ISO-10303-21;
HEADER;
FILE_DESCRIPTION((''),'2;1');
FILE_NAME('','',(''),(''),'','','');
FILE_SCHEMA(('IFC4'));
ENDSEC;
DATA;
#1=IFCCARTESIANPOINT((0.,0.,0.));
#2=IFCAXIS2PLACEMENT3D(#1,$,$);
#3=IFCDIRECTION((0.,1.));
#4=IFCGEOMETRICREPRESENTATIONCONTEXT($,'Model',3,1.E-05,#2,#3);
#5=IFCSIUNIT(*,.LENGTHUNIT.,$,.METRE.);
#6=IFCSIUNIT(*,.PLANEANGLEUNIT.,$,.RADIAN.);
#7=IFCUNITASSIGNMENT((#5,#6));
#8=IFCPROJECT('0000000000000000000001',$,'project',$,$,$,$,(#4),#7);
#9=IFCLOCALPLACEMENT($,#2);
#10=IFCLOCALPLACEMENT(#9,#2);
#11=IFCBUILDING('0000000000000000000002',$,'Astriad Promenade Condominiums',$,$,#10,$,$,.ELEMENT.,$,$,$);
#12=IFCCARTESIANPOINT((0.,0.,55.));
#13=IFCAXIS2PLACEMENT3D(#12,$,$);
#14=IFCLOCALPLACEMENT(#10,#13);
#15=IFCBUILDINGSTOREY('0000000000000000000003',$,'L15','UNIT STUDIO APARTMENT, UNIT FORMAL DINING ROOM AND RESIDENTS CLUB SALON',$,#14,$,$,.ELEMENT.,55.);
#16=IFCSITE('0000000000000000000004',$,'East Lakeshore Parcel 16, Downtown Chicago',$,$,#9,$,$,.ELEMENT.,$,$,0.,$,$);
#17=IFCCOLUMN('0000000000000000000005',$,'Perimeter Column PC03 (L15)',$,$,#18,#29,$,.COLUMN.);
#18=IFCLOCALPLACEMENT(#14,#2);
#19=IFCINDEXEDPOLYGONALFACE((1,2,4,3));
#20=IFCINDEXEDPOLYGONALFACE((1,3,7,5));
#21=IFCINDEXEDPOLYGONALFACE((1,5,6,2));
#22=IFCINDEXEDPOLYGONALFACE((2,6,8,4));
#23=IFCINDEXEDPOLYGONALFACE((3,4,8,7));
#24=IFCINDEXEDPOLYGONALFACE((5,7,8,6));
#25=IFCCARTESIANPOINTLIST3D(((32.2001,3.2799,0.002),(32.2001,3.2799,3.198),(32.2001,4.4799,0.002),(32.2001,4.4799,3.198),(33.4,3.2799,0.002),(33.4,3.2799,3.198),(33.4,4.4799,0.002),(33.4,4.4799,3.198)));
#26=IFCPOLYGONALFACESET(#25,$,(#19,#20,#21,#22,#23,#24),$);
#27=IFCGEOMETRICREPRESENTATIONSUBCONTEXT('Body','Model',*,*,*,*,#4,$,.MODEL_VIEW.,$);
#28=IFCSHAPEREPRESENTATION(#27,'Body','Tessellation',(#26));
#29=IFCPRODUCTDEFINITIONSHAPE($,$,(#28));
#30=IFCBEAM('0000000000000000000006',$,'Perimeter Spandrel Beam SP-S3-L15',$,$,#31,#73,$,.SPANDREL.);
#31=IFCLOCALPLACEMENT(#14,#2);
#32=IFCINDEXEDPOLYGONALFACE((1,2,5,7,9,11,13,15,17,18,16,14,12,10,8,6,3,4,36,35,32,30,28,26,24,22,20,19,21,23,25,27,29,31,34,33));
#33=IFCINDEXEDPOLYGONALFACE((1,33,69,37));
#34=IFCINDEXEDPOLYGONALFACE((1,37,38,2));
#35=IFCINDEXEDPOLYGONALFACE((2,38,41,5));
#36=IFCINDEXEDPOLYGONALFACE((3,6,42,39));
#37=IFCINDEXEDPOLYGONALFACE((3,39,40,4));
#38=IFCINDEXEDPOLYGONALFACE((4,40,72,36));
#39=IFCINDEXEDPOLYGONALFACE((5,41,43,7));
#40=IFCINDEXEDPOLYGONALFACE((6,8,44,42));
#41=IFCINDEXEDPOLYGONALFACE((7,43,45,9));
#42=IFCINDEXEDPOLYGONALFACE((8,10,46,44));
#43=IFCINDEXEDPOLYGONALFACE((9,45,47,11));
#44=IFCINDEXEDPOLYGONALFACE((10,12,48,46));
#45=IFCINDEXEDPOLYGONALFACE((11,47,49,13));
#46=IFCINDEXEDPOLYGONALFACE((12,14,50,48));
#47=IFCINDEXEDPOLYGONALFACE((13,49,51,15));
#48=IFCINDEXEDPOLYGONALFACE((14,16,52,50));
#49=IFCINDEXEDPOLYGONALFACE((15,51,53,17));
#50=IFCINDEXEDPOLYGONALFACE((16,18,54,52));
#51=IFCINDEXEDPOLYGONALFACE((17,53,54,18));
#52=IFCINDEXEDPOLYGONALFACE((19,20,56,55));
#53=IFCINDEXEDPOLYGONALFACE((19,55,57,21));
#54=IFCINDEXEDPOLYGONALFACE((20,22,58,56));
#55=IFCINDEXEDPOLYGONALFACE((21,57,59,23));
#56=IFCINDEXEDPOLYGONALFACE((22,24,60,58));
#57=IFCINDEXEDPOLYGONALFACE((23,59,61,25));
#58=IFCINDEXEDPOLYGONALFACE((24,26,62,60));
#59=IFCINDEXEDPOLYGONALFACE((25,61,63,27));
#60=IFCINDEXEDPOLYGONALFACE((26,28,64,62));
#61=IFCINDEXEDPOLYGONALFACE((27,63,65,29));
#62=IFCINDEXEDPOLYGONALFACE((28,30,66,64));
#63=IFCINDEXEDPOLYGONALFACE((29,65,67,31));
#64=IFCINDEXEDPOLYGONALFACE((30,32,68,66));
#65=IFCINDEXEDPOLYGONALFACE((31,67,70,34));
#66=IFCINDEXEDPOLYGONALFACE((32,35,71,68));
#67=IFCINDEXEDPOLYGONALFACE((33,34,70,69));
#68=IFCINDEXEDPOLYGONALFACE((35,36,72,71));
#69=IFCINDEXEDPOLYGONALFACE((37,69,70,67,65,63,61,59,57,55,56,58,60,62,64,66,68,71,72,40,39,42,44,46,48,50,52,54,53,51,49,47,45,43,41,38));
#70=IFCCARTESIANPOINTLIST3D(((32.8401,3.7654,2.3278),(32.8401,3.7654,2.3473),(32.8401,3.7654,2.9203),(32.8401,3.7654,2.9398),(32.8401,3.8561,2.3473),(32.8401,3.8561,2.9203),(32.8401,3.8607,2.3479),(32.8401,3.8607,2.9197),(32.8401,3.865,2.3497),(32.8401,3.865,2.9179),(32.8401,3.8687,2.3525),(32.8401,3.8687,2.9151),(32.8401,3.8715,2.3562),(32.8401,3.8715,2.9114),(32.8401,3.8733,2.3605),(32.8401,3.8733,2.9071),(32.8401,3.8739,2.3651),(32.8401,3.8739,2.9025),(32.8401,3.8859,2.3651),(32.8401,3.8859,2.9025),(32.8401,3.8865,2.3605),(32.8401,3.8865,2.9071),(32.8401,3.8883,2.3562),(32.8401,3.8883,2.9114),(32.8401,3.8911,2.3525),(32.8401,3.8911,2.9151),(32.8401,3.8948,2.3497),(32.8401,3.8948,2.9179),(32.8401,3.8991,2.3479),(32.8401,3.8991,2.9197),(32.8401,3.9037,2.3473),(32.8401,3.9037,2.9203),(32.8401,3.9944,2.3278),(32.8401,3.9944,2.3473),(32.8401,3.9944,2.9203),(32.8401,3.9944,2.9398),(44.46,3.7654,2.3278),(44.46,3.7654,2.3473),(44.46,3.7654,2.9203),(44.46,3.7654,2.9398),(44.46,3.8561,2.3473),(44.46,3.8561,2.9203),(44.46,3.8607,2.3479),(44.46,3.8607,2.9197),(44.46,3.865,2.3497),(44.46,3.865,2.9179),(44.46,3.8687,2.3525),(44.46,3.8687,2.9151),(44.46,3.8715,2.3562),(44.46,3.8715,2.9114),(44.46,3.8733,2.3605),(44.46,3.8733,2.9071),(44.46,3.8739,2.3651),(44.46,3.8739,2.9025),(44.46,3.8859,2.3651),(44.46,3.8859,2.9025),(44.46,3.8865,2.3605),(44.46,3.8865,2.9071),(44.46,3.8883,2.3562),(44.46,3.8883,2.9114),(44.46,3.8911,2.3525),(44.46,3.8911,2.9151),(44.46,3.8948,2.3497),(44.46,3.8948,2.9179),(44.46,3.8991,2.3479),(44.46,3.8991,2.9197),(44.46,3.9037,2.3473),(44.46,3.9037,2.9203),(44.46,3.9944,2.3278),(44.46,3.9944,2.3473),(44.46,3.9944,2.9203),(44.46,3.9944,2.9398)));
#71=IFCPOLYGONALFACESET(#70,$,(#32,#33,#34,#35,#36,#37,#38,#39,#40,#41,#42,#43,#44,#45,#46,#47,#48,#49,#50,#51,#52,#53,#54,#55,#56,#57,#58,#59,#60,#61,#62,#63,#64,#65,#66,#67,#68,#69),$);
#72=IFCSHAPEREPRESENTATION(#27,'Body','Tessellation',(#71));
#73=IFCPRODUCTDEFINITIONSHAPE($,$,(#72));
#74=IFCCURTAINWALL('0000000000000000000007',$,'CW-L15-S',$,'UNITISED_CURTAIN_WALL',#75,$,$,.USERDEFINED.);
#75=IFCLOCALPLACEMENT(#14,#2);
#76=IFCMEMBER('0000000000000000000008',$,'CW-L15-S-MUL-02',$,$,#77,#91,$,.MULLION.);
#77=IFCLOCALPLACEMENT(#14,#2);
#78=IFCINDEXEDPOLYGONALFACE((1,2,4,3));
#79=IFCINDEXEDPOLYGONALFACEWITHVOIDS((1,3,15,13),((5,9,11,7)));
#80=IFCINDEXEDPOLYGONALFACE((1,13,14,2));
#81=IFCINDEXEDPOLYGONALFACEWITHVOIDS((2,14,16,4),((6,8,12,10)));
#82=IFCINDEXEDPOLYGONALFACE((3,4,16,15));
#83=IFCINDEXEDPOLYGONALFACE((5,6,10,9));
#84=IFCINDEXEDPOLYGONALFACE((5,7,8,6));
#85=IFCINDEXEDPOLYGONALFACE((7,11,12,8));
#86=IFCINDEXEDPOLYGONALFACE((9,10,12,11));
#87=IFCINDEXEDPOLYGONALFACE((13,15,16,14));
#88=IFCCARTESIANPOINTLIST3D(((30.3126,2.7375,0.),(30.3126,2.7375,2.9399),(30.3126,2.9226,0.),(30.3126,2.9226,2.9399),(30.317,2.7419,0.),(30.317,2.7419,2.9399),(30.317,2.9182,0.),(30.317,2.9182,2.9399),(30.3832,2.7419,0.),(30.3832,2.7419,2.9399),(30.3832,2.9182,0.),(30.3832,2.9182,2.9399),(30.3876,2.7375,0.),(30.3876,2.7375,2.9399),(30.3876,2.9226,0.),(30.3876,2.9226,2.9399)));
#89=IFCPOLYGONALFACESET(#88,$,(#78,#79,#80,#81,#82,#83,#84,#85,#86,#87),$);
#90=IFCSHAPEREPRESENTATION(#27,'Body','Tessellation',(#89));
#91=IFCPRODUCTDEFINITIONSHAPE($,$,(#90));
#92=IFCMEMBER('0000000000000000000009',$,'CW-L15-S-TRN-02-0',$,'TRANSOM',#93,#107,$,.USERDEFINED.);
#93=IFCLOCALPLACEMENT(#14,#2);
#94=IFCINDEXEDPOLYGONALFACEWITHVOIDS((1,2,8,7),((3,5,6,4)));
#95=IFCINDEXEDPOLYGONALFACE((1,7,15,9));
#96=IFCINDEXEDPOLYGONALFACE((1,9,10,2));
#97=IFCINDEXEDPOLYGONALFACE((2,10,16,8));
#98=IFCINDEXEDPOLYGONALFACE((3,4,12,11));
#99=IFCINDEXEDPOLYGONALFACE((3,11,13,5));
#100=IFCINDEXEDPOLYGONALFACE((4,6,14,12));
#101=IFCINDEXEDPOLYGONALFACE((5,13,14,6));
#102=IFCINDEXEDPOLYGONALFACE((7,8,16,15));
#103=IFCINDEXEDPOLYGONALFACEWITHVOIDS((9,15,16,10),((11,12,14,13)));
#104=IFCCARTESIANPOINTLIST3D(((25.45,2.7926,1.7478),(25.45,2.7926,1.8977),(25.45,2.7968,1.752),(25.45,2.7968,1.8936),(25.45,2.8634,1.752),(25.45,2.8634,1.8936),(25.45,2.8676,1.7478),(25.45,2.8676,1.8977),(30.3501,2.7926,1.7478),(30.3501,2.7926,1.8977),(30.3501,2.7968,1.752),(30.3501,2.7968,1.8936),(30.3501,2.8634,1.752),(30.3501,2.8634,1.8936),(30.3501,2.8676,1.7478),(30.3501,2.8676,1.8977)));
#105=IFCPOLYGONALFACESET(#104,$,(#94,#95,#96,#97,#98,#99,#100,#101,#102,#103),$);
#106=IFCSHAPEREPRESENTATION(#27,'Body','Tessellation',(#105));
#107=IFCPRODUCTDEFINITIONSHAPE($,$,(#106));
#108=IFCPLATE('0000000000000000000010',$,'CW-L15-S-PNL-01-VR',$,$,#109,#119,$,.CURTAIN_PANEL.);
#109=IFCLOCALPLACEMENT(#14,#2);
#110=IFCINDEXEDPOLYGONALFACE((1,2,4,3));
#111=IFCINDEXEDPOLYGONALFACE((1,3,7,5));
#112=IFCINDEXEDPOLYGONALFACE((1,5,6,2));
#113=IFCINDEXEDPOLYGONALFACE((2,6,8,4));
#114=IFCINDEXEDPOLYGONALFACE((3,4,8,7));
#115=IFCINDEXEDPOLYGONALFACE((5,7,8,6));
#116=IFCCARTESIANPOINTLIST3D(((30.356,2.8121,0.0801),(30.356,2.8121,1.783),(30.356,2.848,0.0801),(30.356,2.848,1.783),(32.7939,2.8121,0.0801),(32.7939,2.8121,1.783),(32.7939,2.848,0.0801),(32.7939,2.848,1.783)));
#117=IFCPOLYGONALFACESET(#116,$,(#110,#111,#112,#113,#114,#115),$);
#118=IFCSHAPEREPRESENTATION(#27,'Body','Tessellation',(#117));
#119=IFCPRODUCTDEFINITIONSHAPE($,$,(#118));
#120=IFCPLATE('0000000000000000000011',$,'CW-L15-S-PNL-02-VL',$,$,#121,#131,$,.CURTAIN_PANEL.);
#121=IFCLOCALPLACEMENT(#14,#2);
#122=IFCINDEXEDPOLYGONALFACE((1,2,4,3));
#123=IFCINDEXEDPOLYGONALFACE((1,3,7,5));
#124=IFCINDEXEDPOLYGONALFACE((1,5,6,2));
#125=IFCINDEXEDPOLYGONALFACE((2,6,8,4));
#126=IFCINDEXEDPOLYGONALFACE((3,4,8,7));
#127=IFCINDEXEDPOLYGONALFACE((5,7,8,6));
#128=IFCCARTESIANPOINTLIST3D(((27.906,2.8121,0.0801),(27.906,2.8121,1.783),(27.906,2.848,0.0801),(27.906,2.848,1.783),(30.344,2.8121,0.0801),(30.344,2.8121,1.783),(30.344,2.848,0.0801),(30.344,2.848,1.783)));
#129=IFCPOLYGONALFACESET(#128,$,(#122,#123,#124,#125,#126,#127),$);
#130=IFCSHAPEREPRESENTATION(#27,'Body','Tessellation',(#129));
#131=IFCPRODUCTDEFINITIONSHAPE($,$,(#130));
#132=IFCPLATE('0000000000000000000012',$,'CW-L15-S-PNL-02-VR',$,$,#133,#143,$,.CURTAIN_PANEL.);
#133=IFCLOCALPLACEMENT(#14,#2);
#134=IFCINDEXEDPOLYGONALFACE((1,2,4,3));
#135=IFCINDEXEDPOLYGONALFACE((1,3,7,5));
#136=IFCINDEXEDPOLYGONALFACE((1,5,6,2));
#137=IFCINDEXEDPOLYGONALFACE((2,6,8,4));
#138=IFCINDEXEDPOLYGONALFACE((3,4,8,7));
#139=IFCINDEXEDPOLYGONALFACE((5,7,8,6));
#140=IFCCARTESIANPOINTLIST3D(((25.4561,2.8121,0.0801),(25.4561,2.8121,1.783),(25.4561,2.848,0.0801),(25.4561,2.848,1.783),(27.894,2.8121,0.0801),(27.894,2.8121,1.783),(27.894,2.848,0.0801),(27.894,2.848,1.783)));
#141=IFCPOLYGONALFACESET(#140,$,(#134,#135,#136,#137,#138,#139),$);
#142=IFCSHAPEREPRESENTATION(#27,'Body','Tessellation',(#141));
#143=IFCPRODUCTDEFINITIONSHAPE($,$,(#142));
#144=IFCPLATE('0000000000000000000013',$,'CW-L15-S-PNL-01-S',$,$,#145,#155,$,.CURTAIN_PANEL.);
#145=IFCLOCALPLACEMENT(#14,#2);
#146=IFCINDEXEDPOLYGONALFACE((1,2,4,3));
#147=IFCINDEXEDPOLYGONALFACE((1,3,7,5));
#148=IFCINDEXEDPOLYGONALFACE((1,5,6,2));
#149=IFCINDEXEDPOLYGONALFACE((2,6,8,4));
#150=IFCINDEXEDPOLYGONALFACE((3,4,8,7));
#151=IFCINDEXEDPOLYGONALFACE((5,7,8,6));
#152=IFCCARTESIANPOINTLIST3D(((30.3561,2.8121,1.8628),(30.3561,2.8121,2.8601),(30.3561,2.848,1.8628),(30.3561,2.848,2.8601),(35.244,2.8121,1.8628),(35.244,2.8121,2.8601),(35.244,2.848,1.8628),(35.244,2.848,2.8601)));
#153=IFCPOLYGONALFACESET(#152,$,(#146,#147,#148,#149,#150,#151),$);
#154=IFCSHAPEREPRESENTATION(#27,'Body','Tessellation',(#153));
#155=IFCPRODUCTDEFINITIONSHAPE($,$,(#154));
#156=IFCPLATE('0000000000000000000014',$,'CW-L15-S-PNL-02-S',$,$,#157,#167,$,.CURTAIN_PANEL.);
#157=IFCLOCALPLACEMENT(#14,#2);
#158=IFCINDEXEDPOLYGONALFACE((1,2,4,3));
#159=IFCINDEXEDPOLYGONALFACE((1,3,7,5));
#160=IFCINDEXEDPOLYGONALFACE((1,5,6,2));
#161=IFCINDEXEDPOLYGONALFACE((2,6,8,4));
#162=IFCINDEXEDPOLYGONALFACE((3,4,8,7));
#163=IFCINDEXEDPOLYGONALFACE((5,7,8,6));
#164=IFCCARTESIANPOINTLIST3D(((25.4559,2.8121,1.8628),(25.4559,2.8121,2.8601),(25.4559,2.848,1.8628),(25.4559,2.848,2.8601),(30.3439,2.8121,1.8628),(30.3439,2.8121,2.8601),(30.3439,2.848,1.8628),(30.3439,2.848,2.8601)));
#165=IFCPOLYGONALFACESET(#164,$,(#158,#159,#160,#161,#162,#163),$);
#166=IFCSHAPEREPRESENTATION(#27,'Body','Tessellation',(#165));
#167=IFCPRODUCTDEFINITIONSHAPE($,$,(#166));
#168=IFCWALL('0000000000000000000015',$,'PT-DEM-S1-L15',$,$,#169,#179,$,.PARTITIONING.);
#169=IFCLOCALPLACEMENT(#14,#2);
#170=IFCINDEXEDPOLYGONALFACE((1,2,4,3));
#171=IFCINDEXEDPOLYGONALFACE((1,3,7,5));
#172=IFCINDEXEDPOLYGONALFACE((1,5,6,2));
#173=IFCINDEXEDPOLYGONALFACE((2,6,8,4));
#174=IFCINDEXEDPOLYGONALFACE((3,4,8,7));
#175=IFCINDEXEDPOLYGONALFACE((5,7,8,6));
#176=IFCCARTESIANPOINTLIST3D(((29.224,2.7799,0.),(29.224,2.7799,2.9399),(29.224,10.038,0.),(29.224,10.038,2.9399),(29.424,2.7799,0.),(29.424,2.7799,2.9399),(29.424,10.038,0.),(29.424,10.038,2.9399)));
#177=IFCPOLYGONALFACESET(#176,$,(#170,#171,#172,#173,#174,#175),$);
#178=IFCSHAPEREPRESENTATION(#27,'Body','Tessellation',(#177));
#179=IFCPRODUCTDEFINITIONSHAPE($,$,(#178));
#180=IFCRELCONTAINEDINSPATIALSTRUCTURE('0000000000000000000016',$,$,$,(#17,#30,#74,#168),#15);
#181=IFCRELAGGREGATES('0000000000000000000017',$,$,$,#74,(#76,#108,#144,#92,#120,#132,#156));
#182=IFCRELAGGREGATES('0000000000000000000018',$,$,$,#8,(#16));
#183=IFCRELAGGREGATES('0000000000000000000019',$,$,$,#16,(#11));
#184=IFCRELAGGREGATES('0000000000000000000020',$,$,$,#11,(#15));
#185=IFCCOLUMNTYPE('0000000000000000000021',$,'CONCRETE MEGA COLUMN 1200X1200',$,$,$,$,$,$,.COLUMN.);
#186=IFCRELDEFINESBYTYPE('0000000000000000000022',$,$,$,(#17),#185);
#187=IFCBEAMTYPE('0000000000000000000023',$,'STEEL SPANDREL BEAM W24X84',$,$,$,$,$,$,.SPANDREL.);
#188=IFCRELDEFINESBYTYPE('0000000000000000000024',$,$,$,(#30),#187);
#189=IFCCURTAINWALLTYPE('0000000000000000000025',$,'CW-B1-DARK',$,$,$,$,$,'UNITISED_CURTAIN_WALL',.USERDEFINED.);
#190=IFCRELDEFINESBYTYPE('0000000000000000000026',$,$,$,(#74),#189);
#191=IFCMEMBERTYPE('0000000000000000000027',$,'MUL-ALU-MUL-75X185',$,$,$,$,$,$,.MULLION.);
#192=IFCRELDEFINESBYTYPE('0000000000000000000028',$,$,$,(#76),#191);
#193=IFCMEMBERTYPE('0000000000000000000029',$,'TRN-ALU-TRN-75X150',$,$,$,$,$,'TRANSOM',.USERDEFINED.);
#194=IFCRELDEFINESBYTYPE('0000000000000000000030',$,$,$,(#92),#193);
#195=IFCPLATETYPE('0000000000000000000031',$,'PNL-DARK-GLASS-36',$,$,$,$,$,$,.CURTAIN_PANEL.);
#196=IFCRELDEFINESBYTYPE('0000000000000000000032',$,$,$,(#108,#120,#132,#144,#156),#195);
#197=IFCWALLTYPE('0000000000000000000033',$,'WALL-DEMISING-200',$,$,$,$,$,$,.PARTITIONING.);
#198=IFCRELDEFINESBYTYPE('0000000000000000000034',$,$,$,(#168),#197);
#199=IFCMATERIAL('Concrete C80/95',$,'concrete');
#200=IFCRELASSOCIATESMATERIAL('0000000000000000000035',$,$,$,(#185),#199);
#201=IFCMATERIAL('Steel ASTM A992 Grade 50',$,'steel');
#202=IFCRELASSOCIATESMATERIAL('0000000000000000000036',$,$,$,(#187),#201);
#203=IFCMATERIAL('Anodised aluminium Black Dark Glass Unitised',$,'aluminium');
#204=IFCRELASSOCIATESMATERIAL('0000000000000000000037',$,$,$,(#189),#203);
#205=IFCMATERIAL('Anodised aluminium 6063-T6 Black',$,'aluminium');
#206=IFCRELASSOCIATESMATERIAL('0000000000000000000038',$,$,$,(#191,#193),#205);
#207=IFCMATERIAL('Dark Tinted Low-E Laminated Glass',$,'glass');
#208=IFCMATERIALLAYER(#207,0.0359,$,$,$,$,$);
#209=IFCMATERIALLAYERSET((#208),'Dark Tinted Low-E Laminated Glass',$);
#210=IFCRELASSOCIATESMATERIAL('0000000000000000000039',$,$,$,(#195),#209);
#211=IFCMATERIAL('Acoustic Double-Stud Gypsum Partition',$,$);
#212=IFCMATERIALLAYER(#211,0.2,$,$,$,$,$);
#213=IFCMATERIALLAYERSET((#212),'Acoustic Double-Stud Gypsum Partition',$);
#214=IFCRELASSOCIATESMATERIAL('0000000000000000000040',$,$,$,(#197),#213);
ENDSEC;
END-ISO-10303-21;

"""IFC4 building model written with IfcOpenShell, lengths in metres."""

from ifc_helpers import new_model, si_unit, direction, frame, frame_2d, origin, origin_2d, place, context, subcontext, project, spatial, rectangle, hollow_rectangle, i_section, extrude, source, transform, mapped, material, layer, layer_set, material_profile, profile_set, type_object, type_shapes, element, aggregate, save


model = new_model("IFC4")

# Units and contexts
model_context = context("Model", 3, precision=1e-05, world=origin(), true_north=direction((0.0, 1.0)))
body_context = subcontext(model_context, "Body", "Model", "MODEL_VIEW")
ifc_project = project(units=[si_unit("LENGTHUNIT", "METRE"), si_unit("PLANEANGLEUNIT", "RADIAN")], contexts=[model_context])

# Site, building, storey
site_placement = place(None, origin())
site = spatial("IfcSite", under=ifc_project, at=site_placement, Name="East Lakeshore Parcel 16, Downtown Chicago", CompositionType="ELEMENT", RefElevation=0.0)
building_placement = place(site_placement, origin())
building = spatial("IfcBuilding", under=site, at=building_placement, Name="Astriad Promenade Condominiums", CompositionType="ELEMENT")
storey_placement = place(building_placement, frame((0.0, 0.0, 55.0)))
storey = spatial("IfcBuildingStorey", under=building, at=storey_placement, Name="L15", Description="UNIT STUDIO APARTMENT, UNIT FORMAL DINING ROOM AND RESIDENTS CLUB SALON", CompositionType="ELEMENT", Elevation=55.0)

# Column
ifc_material_1 = material(Name="Concrete C80/95", Category="concrete")
ifc_material_profile_1 = material_profile(ifc_material_1, rectangle(XDim=1.2, YDim=1.2, at=origin_2d()), Name="RC-COL-1200X1200")
ifc_profile_set_1 = profile_set([ifc_material_profile_1], Name="Concrete C80/95")
column_type = type_object("IfcColumnType", Name="CONCRETE MEGA COLUMN 1200X1200", PredefinedType="COLUMN", material=ifc_profile_set_1)
shared_shape_1 = source(origin(), body_context, "Body", "SweptSolid", [
    extrude(rectangle(XDim=1.2, YDim=1.2, at=origin_2d()), origin(), (0.0, 0.0, 1.0), 3.196),
])
type_shapes(column_type, [shared_shape_1])
column_placement = place(storey_placement, frame((32.8, 3.8799, 0.002), z_axis=(0.0, 0.0, 1.0), x_axis=(1.0, 0.0, 0.0)))
element("IfcColumn", 1, at=column_placement, inside=storey, type_object=column_type, Name="Perimeter Column PC03 (L15)", PredefinedType="COLUMN", context=body_context, shape_type="MappedRepresentation", body=[
    mapped(shared_shape_1, transform((0.0, 0.0, 0.0), scale=1.0)),
])

# Beam
ifc_material_2 = material(Name="Steel ASTM A992 Grade 50", Category="steel")
ifc_material_profile_2 = material_profile(ifc_material_2, i_section(OverallWidth=0.229, OverallDepth=0.6121, WebThickness=0.012, FlangeThickness=0.0195, FilletRadius=0.0178, at=origin_2d()), Name="W24X84")
ifc_profile_set_2 = profile_set([ifc_material_profile_2], Name="Steel ASTM A992 Grade 50")
beam_type = type_object("IfcBeamType", Name="STEEL SPANDREL BEAM W24X84", PredefinedType="SPANDREL", material=ifc_profile_set_2)
shared_shape_2 = source(origin(), body_context, "Body", "SweptSolid", [
    extrude(i_section(OverallWidth=0.229, OverallDepth=0.6121, WebThickness=0.012, FlangeThickness=0.0195, FilletRadius=0.0178, at=origin_2d()), origin(), (0.0, 0.0, 1.0), 11.6199),
])
type_shapes(beam_type, [shared_shape_2])
beam_placement = place(storey_placement, frame((32.8401, 3.8799, 2.6338), z_axis=(1.0, 0.0, 0.0), x_axis=(0.0, 1.0, 0.0)))
element("IfcBeam", 2, at=beam_placement, inside=storey, type_object=beam_type, Name="Perimeter Spandrel Beam SP-S3-L15", PredefinedType="SPANDREL", context=body_context, shape_type="MappedRepresentation", body=[
    mapped(shared_shape_2, transform((0.0, 0.0, 0.0), scale=1.0)),
])

# Curtain wall, members, plates
ifc_material_3 = material(Name="Anodised aluminium Black Dark Glass Unitised", Category="aluminium")
curtain_wall_type = type_object("IfcCurtainWallType", Name="CW-B1-DARK", ElementType="UNITISED_CURTAIN_WALL", PredefinedType="USERDEFINED", material=ifc_material_3)
curtain_wall_placement = place(storey_placement, origin())
curtain_wall = element("IfcCurtainWall", 3, at=curtain_wall_placement, inside=storey, type_object=curtain_wall_type, Name="CW-L15-S", ObjectType="UNITISED_CURTAIN_WALL", PredefinedType="USERDEFINED")
ifc_material_4 = material(Name="Anodised aluminium 6063-T6 Black", Category="aluminium")
ifc_material_profile_3 = material_profile(ifc_material_4, hollow_rectangle(XDim=0.075, YDim=0.1851, WallThickness=0.0044, at=origin_2d()), Name="ALU-MUL-75X185")
ifc_profile_set_3 = profile_set([ifc_material_profile_3], Name="Anodised aluminium 6063-T6 Black")
member_type_1 = type_object("IfcMemberType", Name="MUL-ALU-MUL-75X185", PredefinedType="MULLION", material=ifc_profile_set_3)
shared_shape_3 = source(origin(), body_context, "Body", "SweptSolid", [
    extrude(hollow_rectangle(XDim=0.075, YDim=0.1851, WallThickness=0.0044, at=origin_2d()), origin(), (0.0, 0.0, 1.0), 2.9399),
])
type_shapes(member_type_1, [shared_shape_3])
member_1_placement = place(storey_placement, frame((30.3501, 2.8301, 0.0), z_axis=(0.0, 0.0, 1.0), x_axis=(1.0, 0.0, 0.0)))
member_1 = element("IfcMember", 4, at=member_1_placement, type_object=member_type_1, Name="CW-L15-S-MUL-02", PredefinedType="MULLION", context=body_context, shape_type="MappedRepresentation", body=[
    mapped(shared_shape_3, transform((0.0, 0.0, 0.0), scale=1.0)),
])
ifc_material_profile_4 = material_profile(ifc_material_4, hollow_rectangle(XDim=0.075, YDim=0.1499, WallThickness=0.0042, at=origin_2d()), Name="ALU-TRN-75X150")
ifc_profile_set_4 = profile_set([ifc_material_profile_4], Name="Anodised aluminium 6063-T6 Black")
member_type_2 = type_object("IfcMemberType", Name="TRN-ALU-TRN-75X150", ElementType="TRANSOM", PredefinedType="USERDEFINED", material=ifc_profile_set_4)
shared_shape_4 = source(origin(), body_context, "Body", "SweptSolid", [
    extrude(hollow_rectangle(XDim=0.075, YDim=0.1499, WallThickness=0.0042, at=origin_2d()), origin(), (0.0, 0.0, 1.0), 4.9001),
])
type_shapes(member_type_2, [shared_shape_4])
member_2_placement = place(storey_placement, frame((30.3501, 2.8301, 1.8228), z_axis=(-1.0, 0.0, 0.0), x_axis=(0.0, -1.0, 0.0)))
member_2 = element("IfcMember", 5, at=member_2_placement, type_object=member_type_2, Name="CW-L15-S-TRN-02-0", ObjectType="TRANSOM", PredefinedType="USERDEFINED", context=body_context, shape_type="MappedRepresentation", body=[
    mapped(shared_shape_4, transform((0.0, 0.0, 0.0), scale=1.0)),
])
ifc_material_5 = material(Name="Dark Tinted Low-E Laminated Glass", Category="glass")
ifc_layer_1 = layer(ifc_material_5, 0.0359)
ifc_layer_set_1 = layer_set([ifc_layer_1], Name="Dark Tinted Low-E Laminated Glass")
plate_type = type_object("IfcPlateType", Name="PNL-DARK-GLASS-36", PredefinedType="CURTAIN_PANEL", material=ifc_layer_set_1)
shared_shape_5 = source(origin(), body_context, "Body", "SweptSolid", [
    extrude(rectangle(XDim=2.438, YDim=0.0359, at=origin_2d()), origin(), (0.0, 0.0, 1.0), 1.7029),
])
plate_1_placement = place(storey_placement, frame((31.575, 2.8301, 0.0801), z_axis=(0.0, 0.0, 1.0), x_axis=(-1.0, 0.0, 0.0)))
plate_1 = element("IfcPlate", 6, at=plate_1_placement, type_object=plate_type, Name="CW-L15-S-PNL-01-VR", PredefinedType="CURTAIN_PANEL", context=body_context, shape_type="MappedRepresentation", body=[
    mapped(shared_shape_5, transform((0.0, 0.0, 0.0), scale=1.0)),
])
plate_2_placement = place(storey_placement, frame((29.125, 2.8301, 0.0801), z_axis=(0.0, 0.0, 1.0), x_axis=(-1.0, 0.0, 0.0)))
plate_2 = element("IfcPlate", 7, at=plate_2_placement, type_object=plate_type, Name="CW-L15-S-PNL-02-VL", PredefinedType="CURTAIN_PANEL", context=body_context, shape_type="MappedRepresentation", body=[
    mapped(shared_shape_5, transform((0.0, 0.0, 0.0), scale=1.0)),
])
plate_3_placement = place(storey_placement, frame((26.675, 2.8301, 0.0801), z_axis=(0.0, 0.0, 1.0), x_axis=(-1.0, 0.0, 0.0)))
plate_3 = element("IfcPlate", 8, at=plate_3_placement, type_object=plate_type, Name="CW-L15-S-PNL-02-VR", PredefinedType="CURTAIN_PANEL", context=body_context, shape_type="MappedRepresentation", body=[
    mapped(shared_shape_5, transform((0.0, 0.0, 0.0), scale=1.0)),
])
shared_shape_6 = source(origin(), body_context, "Body", "SweptSolid", [
    extrude(rectangle(XDim=4.8879, YDim=0.0359, at=origin_2d()), origin(), (0.0, 0.0, 1.0), 0.9973),
])
type_shapes(plate_type, [shared_shape_5, shared_shape_6])
plate_4_placement = place(storey_placement, frame((32.8, 2.8301, 1.8628), z_axis=(0.0, 0.0, 1.0), x_axis=(-1.0, 0.0, 0.0)))
plate_4 = element("IfcPlate", 9, at=plate_4_placement, type_object=plate_type, Name="CW-L15-S-PNL-01-S", PredefinedType="CURTAIN_PANEL", context=body_context, shape_type="MappedRepresentation", body=[
    mapped(shared_shape_6, transform((0.0, 0.0, 0.0), scale=1.0)),
])
plate_5_placement = place(storey_placement, frame((27.8999, 2.8301, 1.8628), z_axis=(0.0, 0.0, 1.0), x_axis=(-1.0, 0.0, 0.0)))
plate_5 = element("IfcPlate", 10, at=plate_5_placement, type_object=plate_type, Name="CW-L15-S-PNL-02-S", PredefinedType="CURTAIN_PANEL", context=body_context, shape_type="MappedRepresentation", body=[
    mapped(shared_shape_6, transform((0.0, 0.0, 0.0), scale=1.0)),
])
aggregate(curtain_wall, [member_1, plate_1, plate_4, member_2, plate_2, plate_3, plate_5])

# Wall
ifc_material_6 = material(Name="Acoustic Double-Stud Gypsum Partition")
ifc_layer_2 = layer(ifc_material_6, 0.2)
ifc_layer_set_2 = layer_set([ifc_layer_2], Name="Acoustic Double-Stud Gypsum Partition")
wall_type_1 = type_object("IfcWallType", Name="WALL-DEMISING-200", PredefinedType="PARTITIONING", material=ifc_layer_set_2)
wall_1_placement = place(storey_placement, frame((29.324, 2.78, 0.0), z_axis=(0.0, 0.0, 1.0), x_axis=(0.0, 1.0, 0.0)))
element("IfcWall", 11, at=wall_1_placement, inside=storey, type_object=wall_type_1, Name="PT-DEM-S1-L15", PredefinedType="PARTITIONING", context=body_context, shape_type="SweptSolid", body=[
    extrude(rectangle(XDim=7.2581, YDim=0.2, at=frame_2d((3.6289, 0.0))), origin(), (0.0, 0.0, 1.0), 2.9399),
])

save(model, "model.ifc")
